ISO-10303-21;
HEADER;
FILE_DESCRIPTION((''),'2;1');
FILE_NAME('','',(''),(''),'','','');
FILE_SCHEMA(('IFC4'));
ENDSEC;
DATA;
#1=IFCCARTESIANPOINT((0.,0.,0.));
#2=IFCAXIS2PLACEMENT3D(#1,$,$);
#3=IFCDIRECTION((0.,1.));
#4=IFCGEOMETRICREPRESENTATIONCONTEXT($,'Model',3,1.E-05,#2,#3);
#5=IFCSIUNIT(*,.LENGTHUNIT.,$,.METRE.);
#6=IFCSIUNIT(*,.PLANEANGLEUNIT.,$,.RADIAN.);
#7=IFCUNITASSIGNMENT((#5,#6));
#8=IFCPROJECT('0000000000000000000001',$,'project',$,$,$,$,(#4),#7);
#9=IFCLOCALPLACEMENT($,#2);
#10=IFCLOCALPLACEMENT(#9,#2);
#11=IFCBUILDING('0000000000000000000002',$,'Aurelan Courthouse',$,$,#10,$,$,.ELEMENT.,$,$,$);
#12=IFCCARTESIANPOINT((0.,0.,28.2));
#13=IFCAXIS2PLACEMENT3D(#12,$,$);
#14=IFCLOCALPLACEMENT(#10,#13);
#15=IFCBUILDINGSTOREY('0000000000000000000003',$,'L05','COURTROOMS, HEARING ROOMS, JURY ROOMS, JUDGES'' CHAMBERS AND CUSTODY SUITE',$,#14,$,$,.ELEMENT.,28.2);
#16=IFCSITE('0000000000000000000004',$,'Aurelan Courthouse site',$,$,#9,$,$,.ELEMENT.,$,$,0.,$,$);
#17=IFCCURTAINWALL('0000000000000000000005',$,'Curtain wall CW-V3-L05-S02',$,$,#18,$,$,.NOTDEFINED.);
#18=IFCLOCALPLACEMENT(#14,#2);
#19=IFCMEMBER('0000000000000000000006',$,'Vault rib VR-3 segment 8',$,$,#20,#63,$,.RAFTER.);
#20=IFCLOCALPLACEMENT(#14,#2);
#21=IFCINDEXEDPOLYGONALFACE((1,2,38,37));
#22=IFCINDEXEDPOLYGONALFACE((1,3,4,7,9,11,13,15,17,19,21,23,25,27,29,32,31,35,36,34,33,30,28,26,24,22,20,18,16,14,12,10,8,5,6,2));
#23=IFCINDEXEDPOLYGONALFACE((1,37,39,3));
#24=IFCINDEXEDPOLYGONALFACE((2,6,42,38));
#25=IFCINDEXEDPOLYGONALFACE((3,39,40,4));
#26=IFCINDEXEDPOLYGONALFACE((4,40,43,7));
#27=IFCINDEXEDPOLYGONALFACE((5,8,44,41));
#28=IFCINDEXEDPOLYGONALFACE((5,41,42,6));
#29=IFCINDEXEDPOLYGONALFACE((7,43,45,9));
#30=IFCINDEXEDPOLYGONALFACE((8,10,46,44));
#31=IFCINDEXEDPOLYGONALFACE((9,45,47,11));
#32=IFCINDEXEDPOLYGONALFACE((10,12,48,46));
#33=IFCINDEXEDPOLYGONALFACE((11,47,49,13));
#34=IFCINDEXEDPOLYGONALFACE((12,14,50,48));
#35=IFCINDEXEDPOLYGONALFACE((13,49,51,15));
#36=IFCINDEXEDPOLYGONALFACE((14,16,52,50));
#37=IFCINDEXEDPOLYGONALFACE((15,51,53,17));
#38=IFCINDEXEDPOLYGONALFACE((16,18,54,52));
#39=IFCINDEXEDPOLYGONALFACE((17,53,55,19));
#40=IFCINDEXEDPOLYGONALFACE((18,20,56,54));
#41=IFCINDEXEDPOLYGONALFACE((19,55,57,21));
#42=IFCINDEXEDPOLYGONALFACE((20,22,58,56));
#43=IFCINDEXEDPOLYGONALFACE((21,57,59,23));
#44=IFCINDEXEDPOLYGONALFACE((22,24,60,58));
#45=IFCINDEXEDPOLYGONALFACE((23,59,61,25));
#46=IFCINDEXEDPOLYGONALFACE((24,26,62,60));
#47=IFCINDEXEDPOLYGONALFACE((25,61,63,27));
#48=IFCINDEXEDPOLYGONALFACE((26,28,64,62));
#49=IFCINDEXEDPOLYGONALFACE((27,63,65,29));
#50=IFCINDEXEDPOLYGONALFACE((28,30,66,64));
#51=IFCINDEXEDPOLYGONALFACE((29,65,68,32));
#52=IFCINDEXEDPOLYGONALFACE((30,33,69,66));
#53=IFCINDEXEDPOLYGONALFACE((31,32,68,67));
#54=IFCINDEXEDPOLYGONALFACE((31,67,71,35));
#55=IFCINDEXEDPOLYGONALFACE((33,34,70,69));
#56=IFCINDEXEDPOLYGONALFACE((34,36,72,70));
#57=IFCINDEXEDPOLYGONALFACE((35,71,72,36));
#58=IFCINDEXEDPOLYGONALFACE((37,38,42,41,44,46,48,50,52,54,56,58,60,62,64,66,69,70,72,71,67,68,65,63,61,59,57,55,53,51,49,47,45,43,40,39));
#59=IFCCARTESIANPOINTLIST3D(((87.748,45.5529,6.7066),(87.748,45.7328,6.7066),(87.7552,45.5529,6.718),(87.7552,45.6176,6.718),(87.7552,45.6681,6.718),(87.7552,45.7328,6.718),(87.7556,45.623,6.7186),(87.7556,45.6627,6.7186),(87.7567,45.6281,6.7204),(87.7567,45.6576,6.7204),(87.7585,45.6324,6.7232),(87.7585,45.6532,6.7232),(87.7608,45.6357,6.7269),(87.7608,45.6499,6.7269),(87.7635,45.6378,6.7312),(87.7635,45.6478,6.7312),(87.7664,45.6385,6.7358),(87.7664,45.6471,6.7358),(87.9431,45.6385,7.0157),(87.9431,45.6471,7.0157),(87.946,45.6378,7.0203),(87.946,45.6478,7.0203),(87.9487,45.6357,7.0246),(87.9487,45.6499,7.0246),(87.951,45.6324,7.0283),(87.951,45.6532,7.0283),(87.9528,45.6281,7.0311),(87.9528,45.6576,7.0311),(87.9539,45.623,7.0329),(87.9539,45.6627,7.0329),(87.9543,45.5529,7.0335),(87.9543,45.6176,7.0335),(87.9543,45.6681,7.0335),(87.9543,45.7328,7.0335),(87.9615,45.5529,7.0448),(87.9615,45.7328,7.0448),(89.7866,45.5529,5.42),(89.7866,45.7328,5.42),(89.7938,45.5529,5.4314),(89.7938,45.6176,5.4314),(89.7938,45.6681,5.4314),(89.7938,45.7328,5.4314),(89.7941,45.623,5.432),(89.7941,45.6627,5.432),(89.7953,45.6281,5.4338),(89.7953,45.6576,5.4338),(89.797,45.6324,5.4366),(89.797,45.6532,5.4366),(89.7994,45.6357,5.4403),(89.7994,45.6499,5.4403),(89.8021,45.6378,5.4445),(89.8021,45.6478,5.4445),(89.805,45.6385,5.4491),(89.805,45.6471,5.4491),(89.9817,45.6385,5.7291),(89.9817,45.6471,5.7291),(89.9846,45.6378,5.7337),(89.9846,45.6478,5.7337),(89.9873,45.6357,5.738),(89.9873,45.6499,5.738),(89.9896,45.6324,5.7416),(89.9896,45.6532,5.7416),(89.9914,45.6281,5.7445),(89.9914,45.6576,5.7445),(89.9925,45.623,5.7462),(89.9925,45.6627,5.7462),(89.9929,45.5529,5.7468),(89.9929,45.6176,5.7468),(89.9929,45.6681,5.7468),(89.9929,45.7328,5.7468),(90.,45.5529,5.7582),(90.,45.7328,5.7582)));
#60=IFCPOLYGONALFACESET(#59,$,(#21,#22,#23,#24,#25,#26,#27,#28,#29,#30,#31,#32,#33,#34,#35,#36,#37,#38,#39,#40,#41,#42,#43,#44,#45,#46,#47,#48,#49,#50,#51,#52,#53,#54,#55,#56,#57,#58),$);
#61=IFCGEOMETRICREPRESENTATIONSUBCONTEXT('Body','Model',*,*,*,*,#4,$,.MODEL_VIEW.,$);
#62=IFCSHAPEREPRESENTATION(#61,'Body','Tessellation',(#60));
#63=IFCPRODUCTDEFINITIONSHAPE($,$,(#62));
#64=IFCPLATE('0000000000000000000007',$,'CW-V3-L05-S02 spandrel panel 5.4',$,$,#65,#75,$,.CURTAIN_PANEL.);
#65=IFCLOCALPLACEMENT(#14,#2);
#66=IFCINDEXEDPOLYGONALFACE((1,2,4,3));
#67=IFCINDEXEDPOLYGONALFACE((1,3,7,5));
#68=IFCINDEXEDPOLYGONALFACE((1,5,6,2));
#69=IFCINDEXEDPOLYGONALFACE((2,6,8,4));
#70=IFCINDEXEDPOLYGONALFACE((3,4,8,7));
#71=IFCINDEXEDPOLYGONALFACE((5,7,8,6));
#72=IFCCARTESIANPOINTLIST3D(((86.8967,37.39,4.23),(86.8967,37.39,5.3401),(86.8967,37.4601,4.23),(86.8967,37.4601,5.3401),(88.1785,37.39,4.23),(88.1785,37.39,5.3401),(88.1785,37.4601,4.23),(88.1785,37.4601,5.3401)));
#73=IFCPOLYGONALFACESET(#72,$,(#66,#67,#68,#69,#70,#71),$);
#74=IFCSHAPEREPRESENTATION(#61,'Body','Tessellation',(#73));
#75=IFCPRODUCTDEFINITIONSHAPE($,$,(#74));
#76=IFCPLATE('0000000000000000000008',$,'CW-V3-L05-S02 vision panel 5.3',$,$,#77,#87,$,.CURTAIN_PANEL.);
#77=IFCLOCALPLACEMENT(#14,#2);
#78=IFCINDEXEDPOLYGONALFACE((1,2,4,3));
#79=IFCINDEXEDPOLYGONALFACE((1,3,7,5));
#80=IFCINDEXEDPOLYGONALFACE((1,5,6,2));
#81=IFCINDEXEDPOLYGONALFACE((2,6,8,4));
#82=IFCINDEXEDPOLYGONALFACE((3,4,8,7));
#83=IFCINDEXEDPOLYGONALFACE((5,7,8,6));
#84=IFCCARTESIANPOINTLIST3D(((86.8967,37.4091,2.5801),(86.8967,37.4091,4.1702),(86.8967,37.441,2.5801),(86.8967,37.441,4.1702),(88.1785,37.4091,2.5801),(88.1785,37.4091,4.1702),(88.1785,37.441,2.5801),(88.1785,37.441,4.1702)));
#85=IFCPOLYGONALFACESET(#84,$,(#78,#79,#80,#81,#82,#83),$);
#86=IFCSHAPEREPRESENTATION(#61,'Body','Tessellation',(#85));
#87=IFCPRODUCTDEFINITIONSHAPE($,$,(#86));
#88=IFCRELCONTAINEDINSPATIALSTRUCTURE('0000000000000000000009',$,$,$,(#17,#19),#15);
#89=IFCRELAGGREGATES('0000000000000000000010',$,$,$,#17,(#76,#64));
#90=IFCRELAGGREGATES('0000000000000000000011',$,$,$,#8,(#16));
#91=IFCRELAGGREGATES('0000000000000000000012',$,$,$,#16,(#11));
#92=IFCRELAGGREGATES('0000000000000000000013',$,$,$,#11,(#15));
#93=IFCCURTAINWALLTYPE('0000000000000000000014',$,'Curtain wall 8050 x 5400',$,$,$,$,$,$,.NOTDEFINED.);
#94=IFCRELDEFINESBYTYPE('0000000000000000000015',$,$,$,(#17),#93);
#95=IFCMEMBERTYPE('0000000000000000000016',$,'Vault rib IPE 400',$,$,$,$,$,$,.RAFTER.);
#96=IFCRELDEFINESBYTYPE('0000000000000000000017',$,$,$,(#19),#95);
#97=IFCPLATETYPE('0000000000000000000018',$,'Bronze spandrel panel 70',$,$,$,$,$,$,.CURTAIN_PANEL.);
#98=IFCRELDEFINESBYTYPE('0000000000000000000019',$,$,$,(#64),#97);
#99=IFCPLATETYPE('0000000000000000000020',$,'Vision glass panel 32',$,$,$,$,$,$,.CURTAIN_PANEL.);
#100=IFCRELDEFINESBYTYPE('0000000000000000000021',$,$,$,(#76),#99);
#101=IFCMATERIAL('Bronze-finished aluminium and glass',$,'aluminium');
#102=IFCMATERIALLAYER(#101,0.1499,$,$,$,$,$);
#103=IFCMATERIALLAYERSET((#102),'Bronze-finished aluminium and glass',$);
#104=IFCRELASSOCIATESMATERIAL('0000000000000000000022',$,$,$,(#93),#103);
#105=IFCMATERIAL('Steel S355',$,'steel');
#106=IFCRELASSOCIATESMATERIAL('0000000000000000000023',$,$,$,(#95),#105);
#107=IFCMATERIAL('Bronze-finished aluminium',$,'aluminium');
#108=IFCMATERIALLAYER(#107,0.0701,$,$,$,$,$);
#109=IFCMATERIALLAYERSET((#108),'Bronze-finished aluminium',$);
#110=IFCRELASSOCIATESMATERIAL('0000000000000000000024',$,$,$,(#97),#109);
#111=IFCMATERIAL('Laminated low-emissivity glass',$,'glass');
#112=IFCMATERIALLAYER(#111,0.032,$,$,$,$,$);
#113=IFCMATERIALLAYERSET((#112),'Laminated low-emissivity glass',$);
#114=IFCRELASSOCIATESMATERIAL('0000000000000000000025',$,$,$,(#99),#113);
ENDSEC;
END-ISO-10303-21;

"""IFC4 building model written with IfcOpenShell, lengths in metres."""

from ifc_helpers import new_model, si_unit, direction, frame, origin, origin_2d, place, context, subcontext, project, spatial, rectangle, i_section, extrude, material, layer, layer_set, material_profile, profile_set, type_object, element, aggregate, save


model = new_model("IFC4")

# Units and contexts
model_context = context("Model", 3, precision=1e-05, world=origin(), true_north=direction((0.0, 1.0)))
body_context = subcontext(model_context, "Body", "Model", "MODEL_VIEW")
ifc_project = project(units=[si_unit("LENGTHUNIT", "METRE"), si_unit("PLANEANGLEUNIT", "RADIAN")], contexts=[model_context])

# Site, building, storey
site_placement = place(None, origin())
site = spatial("IfcSite", under=ifc_project, at=site_placement, Name="Aurelan Courthouse site", CompositionType="ELEMENT", RefElevation=0.0)
building_placement = place(site_placement, origin())
building = spatial("IfcBuilding", under=site, at=building_placement, Name="Aurelan Courthouse", CompositionType="ELEMENT")
storey_placement = place(building_placement, frame((0.0, 0.0, 28.2)))
storey = spatial("IfcBuildingStorey", under=building, at=storey_placement, Name="L05", Description="COURTROOMS, HEARING ROOMS, JURY ROOMS, JUDGES' CHAMBERS AND CUSTODY SUITE", CompositionType="ELEMENT", Elevation=28.2)

# Curtain wall
ifc_material_1 = material(Name="Bronze-finished aluminium and glass", Category="aluminium")
ifc_layer_1 = layer(ifc_material_1, 0.1499)
ifc_layer_set_1 = layer_set([ifc_layer_1], Name="Bronze-finished aluminium and glass")
curtain_wall_type = type_object("IfcCurtainWallType", Name="Curtain wall 8050 x 5400", PredefinedType="NOTDEFINED", material=ifc_layer_set_1)
curtain_wall_placement = place(storey_placement, origin())
curtain_wall = element("IfcCurtainWall", 1, at=curtain_wall_placement, inside=storey, type_object=curtain_wall_type, Name="Curtain wall CW-V3-L05-S02", PredefinedType="NOTDEFINED")
ifc_material_2 = material(Name="Bronze-finished aluminium", Category="aluminium")

# Member
ifc_material_3 = material(Name="Steel S355", Category="steel")
ifc_material_profile_1 = material_profile(ifc_material_3, i_section(OverallWidth=0.1799, OverallDepth=0.3999, WebThickness=0.0085, FlangeThickness=0.0134, FilletRadius=0.021, at=origin_2d()), Name="IPE 400")
ifc_profile_set_1 = profile_set([ifc_material_profile_1], Name="Steel S355")
member_type_1 = type_object("IfcMemberType", Name="Vault rib IPE 400", PredefinedType="RAFTER", material=ifc_profile_set_1)
for number, where, z_axis, x_axis, name in (
    (2, (87.8547, 45.6428, 6.8757), (0.845657, 0.0, -0.533726), (0.0, 1.0, 0.0), "Vault rib VR-3 segment 8"),
):
    element("IfcMember", number, at=place(storey_placement, frame(where, z_axis=z_axis, x_axis=x_axis)), inside=storey, type_object=member_type_1, Name=name, PredefinedType="RAFTER", context=body_context, shape_type="SweptSolid", body=[
        extrude(i_section(OverallWidth=0.1799, OverallDepth=0.3999, WebThickness=0.0085, FlangeThickness=0.0134, FilletRadius=0.021, at=origin_2d()), origin(), (0.0, 0.0, 1.0), 2.4106),
    ])

# Plates
ifc_layer_2 = layer(ifc_material_2, 0.0701)
ifc_layer_set_2 = layer_set([ifc_layer_2], Name="Bronze-finished aluminium")
plate_type_1 = type_object("IfcPlateType", Name="Bronze spandrel panel 70", PredefinedType="CURTAIN_PANEL", material=ifc_layer_set_2)
plate_1_placement = place(storey_placement, frame((87.5376, 37.425, 4.23), z_axis=(0.0, 0.0, 1.0), x_axis=(1.0, 0.0, 0.0)))
plate_1 = element("IfcPlate", 3, at=plate_1_placement, type_object=plate_type_1, Name="CW-V3-L05-S02 spandrel panel 5.4", PredefinedType="CURTAIN_PANEL", context=body_context, shape_type="SweptSolid", body=[
    extrude(rectangle(XDim=1.2817, YDim=0.0701, at=origin_2d()), origin(), (0.0, 0.0, 1.0), 1.1101),
])
ifc_material_4 = material(Name="Laminated low-emissivity glass", Category="glass")
ifc_layer_3 = layer(ifc_material_4, 0.032)
ifc_layer_set_3 = layer_set([ifc_layer_3], Name="Laminated low-emissivity glass")
plate_type_2 = type_object("IfcPlateType", Name="Vision glass panel 32", PredefinedType="CURTAIN_PANEL", material=ifc_layer_set_3)
plate_2_placement = place(storey_placement, frame((87.5376, 37.425, 2.5801), z_axis=(0.0, 0.0, 1.0), x_axis=(1.0, 0.0, 0.0)))
plate_2 = element("IfcPlate", 4, at=plate_2_placement, type_object=plate_type_2, Name="CW-V3-L05-S02 vision panel 5.3", PredefinedType="CURTAIN_PANEL", context=body_context, shape_type="SweptSolid", body=[
    extrude(rectangle(XDim=1.2817, YDim=0.032, at=origin_2d()), origin(), (0.0, 0.0, 1.0), 1.5901),
])
aggregate(curtain_wall, [plate_2, plate_1])

save(model, "model.ifc")
